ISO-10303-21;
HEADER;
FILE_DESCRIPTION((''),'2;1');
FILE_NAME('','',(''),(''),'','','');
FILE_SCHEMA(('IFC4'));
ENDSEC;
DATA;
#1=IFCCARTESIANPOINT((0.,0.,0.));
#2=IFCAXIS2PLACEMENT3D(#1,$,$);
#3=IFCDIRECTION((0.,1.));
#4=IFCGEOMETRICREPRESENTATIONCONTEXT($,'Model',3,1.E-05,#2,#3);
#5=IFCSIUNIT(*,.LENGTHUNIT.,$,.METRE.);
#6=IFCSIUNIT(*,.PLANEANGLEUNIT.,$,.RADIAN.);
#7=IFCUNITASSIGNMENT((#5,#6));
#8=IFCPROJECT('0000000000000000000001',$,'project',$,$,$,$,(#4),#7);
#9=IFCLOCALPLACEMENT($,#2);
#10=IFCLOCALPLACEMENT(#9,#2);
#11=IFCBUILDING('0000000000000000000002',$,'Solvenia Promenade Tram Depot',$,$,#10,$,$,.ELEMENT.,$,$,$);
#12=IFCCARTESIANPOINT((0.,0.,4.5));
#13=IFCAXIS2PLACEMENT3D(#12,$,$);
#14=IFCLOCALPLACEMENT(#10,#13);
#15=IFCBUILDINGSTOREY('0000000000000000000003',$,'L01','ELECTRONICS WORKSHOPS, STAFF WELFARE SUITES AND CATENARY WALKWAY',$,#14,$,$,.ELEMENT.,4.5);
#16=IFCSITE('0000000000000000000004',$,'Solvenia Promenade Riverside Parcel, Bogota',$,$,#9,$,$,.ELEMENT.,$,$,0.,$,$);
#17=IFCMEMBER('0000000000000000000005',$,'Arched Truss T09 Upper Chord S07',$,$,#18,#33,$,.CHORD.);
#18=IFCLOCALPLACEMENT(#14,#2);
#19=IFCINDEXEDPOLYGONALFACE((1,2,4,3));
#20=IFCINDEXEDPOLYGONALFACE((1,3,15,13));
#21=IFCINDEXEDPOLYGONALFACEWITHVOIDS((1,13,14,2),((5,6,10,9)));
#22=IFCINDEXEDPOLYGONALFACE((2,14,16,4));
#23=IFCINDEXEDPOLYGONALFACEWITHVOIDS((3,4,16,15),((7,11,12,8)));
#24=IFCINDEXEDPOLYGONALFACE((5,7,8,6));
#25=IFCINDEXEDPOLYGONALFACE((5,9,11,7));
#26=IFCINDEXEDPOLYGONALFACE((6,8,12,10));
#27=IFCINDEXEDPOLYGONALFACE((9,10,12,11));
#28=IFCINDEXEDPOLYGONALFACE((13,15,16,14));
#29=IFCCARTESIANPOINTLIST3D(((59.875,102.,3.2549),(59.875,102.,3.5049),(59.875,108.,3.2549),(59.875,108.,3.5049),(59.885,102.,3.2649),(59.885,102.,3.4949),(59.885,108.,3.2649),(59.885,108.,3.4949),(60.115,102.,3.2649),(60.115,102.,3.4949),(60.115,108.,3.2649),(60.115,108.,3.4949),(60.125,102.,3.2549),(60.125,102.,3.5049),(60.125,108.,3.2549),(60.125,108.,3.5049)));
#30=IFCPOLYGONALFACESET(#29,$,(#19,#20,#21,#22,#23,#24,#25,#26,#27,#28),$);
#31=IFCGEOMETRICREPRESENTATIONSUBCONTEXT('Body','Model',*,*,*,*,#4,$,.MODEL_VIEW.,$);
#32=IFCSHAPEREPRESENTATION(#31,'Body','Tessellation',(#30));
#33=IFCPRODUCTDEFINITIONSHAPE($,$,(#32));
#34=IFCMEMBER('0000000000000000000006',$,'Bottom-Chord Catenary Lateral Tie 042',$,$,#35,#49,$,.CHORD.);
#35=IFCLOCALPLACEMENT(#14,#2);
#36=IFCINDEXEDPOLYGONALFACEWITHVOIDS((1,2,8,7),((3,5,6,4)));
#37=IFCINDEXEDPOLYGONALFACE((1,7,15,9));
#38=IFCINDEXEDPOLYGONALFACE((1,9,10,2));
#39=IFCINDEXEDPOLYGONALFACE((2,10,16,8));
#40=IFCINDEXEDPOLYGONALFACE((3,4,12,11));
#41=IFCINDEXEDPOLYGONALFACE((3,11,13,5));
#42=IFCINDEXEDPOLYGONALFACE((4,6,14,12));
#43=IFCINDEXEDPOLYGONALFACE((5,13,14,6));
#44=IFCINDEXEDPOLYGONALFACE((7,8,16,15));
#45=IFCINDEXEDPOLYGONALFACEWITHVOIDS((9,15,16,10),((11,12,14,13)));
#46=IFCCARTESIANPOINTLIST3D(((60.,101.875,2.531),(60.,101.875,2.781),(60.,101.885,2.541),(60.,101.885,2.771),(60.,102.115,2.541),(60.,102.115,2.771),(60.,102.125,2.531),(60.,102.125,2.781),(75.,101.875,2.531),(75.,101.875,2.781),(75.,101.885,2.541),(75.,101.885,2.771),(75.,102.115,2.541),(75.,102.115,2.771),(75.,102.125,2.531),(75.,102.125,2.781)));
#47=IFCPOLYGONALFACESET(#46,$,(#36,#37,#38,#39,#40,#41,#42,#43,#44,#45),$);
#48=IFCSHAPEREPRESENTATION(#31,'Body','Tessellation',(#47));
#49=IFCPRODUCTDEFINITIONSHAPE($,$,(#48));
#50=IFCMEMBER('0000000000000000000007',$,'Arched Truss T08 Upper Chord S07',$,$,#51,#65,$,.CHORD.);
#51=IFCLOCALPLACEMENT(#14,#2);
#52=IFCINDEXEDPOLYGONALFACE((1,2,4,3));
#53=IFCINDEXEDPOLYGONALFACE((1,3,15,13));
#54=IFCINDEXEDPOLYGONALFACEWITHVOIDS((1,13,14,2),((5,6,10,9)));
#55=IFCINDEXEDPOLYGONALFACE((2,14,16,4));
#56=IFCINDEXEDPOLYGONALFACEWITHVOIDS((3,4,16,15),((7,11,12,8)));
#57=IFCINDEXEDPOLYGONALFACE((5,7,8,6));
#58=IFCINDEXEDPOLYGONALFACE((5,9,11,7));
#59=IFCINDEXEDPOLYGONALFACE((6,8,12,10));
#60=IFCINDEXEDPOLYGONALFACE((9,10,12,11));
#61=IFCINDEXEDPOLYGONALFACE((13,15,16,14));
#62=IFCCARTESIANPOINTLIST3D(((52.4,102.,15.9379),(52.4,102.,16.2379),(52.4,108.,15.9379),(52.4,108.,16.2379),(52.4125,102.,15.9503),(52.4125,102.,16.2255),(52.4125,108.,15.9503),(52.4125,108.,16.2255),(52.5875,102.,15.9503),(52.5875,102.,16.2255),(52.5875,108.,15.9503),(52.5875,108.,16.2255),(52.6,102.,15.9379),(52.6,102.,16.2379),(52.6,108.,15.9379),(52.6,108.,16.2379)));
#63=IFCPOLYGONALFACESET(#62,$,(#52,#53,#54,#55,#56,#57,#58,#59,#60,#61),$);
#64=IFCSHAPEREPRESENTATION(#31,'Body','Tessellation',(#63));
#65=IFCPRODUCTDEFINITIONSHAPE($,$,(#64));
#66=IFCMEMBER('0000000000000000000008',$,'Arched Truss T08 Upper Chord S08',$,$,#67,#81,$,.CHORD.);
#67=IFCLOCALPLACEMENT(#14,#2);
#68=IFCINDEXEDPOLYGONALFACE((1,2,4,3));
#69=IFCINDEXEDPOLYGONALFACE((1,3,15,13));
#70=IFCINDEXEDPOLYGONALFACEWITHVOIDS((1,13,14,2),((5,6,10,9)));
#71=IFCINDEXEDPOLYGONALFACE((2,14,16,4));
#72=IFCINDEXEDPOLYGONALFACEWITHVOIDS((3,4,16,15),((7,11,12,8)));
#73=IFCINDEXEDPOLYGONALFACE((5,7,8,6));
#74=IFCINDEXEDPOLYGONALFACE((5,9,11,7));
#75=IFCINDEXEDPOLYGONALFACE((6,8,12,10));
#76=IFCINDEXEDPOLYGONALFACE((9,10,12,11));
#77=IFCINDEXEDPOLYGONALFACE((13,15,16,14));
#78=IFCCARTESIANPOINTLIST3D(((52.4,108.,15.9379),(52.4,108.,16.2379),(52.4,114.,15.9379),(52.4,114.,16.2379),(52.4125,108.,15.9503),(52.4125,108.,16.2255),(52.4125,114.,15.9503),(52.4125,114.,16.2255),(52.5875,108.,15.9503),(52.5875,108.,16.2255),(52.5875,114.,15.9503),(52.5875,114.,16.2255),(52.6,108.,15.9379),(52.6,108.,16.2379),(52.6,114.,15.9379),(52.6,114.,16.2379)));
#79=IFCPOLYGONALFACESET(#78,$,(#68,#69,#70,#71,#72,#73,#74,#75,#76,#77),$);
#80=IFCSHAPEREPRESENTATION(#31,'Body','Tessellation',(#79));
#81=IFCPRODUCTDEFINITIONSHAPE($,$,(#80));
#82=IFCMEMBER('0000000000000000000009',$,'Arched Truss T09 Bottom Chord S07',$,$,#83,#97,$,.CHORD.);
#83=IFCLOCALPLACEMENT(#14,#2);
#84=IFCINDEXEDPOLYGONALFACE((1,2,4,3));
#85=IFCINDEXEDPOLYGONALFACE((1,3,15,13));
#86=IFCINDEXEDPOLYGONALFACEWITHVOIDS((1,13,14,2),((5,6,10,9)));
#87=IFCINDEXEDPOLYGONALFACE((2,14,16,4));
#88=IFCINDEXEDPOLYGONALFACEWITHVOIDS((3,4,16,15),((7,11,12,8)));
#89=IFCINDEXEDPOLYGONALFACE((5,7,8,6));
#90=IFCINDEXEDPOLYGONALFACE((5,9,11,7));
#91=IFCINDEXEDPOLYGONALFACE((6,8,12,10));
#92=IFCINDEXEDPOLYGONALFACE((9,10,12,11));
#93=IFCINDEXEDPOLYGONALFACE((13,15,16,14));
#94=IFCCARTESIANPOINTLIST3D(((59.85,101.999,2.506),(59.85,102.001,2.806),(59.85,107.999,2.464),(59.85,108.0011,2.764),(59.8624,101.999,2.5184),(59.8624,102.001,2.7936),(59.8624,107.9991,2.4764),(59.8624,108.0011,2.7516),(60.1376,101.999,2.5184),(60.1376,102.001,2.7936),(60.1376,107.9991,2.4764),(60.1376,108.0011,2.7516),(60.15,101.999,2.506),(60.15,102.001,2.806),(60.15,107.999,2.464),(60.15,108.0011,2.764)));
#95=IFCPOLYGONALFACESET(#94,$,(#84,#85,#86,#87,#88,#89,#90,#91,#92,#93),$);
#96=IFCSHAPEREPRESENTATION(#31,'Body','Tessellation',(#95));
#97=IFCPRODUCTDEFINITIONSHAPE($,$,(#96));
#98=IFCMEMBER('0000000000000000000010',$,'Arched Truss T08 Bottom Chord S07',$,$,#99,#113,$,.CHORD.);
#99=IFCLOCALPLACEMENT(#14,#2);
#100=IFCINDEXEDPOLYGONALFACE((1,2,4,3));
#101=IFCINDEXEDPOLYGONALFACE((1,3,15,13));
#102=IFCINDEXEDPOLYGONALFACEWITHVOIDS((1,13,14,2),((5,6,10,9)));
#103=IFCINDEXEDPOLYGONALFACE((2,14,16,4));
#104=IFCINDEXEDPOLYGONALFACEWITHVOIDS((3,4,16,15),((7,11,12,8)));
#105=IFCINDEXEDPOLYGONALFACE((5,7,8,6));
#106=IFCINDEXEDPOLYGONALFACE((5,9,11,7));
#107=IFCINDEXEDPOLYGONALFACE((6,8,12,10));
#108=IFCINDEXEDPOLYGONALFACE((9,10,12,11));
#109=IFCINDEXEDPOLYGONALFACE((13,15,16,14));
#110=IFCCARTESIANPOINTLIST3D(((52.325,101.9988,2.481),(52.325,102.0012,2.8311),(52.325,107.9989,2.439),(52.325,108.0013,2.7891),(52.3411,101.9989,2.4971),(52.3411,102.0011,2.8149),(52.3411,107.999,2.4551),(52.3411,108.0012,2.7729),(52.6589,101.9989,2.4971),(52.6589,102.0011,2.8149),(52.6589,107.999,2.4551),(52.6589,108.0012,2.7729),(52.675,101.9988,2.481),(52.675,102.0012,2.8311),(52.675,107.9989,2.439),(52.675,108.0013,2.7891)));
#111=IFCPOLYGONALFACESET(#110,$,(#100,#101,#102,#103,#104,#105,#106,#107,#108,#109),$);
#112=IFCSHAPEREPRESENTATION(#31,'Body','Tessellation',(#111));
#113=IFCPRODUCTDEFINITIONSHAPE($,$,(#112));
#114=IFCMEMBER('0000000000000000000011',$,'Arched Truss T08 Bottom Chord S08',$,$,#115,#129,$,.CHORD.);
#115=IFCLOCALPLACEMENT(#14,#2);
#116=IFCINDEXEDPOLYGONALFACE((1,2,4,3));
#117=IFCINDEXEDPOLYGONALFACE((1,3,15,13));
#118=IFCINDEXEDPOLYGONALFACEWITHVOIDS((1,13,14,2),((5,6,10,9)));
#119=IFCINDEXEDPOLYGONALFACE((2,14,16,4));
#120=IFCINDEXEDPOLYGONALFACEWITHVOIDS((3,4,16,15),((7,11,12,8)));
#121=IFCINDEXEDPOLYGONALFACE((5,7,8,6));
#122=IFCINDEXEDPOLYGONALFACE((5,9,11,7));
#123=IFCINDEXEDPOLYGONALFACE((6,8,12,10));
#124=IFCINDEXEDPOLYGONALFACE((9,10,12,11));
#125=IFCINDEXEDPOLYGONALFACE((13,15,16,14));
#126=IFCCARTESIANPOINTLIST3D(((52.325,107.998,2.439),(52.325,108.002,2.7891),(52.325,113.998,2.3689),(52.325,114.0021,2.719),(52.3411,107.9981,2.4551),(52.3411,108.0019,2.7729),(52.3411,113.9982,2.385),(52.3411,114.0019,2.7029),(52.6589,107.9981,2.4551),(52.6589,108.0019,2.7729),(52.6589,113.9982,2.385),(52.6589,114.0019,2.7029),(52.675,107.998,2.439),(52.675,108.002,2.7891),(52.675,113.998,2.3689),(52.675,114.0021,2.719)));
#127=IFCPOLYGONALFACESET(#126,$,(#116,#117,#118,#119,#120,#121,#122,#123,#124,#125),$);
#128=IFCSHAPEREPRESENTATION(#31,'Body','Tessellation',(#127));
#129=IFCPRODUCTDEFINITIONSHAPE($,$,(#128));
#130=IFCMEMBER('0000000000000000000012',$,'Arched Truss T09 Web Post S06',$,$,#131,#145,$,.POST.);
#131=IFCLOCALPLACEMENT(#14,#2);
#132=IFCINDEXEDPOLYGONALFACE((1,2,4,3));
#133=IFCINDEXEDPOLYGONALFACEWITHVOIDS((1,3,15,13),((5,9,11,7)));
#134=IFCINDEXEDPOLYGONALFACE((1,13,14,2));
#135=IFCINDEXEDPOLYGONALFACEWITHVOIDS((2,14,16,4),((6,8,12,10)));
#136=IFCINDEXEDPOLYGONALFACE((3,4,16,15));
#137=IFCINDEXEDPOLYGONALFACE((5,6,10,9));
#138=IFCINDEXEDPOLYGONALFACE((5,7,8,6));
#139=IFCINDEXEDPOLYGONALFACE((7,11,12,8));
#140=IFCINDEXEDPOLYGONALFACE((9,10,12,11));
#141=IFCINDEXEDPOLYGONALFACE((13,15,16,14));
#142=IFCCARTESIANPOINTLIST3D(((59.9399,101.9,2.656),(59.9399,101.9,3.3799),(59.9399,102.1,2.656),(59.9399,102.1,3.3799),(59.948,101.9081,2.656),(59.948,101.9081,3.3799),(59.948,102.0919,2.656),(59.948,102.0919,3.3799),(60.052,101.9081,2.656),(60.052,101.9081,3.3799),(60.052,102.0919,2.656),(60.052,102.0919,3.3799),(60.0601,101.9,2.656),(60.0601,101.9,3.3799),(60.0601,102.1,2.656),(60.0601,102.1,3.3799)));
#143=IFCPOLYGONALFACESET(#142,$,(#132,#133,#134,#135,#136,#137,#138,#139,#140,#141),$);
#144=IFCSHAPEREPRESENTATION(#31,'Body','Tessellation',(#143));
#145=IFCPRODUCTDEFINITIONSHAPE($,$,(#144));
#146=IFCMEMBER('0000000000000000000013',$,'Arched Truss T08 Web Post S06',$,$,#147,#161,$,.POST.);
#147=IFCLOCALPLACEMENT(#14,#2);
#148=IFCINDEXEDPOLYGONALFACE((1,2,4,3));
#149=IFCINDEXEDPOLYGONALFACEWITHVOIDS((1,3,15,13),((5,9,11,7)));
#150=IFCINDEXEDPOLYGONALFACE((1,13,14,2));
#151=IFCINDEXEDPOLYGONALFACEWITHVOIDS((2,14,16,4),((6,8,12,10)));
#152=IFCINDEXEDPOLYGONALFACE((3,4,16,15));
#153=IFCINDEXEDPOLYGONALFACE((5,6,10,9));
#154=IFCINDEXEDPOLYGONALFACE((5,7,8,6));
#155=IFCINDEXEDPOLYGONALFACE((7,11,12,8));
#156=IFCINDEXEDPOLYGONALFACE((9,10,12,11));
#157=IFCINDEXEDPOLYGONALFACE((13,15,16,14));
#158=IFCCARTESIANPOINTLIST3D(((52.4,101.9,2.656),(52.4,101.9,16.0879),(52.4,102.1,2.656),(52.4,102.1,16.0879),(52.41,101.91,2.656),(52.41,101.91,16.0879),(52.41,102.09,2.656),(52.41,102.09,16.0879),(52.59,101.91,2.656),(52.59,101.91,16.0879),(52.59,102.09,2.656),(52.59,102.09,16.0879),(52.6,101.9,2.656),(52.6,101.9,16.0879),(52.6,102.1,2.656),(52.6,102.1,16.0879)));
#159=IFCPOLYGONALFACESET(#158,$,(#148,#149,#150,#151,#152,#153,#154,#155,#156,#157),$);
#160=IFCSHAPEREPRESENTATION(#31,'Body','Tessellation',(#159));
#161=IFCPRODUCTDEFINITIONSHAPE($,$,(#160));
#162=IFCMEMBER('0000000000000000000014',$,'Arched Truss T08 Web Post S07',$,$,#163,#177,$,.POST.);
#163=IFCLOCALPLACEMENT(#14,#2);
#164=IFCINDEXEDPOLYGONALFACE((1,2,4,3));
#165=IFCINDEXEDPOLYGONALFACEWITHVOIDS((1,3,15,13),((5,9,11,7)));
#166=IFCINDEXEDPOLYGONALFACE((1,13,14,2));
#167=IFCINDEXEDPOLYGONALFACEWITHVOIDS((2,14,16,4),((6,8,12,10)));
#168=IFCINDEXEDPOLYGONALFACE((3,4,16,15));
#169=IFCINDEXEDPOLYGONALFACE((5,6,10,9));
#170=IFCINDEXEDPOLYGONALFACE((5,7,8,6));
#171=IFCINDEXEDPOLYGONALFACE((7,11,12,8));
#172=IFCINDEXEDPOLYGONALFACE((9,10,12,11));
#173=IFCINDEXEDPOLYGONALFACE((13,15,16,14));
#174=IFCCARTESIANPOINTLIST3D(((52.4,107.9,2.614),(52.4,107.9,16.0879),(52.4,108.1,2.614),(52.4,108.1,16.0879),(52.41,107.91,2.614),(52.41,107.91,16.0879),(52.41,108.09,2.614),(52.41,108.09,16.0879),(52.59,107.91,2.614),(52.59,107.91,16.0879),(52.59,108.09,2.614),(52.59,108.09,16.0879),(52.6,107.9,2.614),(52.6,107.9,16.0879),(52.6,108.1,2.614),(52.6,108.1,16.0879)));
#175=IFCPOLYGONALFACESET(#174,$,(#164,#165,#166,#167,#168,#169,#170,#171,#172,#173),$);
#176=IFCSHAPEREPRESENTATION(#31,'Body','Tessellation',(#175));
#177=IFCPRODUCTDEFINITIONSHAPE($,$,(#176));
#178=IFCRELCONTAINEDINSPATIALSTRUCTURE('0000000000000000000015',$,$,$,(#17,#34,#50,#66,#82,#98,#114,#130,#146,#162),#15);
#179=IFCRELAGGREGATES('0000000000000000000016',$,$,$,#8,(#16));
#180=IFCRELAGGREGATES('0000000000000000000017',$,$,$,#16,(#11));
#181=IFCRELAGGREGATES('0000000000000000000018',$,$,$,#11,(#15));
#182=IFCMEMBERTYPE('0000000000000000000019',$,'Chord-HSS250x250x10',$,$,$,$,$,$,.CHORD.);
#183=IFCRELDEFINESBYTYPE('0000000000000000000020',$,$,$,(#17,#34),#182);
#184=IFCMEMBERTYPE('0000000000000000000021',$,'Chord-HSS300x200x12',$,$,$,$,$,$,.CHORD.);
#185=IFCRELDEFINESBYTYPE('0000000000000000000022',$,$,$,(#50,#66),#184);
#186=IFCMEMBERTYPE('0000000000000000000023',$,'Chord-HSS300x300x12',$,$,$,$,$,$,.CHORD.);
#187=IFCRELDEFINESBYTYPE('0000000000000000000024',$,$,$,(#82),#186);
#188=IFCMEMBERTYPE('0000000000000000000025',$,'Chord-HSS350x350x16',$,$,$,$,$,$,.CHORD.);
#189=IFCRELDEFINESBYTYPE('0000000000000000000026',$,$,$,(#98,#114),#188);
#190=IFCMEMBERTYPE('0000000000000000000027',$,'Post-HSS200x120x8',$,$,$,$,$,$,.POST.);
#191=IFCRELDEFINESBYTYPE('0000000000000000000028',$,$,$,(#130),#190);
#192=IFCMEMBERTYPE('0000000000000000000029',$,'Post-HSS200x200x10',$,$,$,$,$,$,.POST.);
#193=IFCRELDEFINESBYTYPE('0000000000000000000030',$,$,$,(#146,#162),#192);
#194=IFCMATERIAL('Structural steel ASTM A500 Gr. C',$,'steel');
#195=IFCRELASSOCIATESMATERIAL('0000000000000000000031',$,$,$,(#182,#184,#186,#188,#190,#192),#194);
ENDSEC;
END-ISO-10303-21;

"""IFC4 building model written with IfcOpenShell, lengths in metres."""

from ifc_helpers import new_model, si_unit, direction, frame, origin, origin_2d, place, context, subcontext, project, spatial, hollow_rectangle, extrude, material, material_profile, profile_set, type_object, element, save


model = new_model("IFC4")

# Units and contexts
model_context = context("Model", 3, precision=1e-05, world=origin(), true_north=direction((0.0, 1.0)))
body_context = subcontext(model_context, "Body", "Model", "MODEL_VIEW")
ifc_project = project(units=[si_unit("LENGTHUNIT", "METRE"), si_unit("PLANEANGLEUNIT", "RADIAN")], contexts=[model_context])

# Site, building, storey
site_placement = place(None, origin())
site = spatial("IfcSite", under=ifc_project, at=site_placement, Name="Solvenia Promenade Riverside Parcel, Bogota", CompositionType="ELEMENT", RefElevation=0.0)
building_placement = place(site_placement, origin())
building = spatial("IfcBuilding", under=site, at=building_placement, Name="Solvenia Promenade Tram Depot", CompositionType="ELEMENT")
storey_placement = place(building_placement, frame((0.0, 0.0, 4.5)))
storey = spatial("IfcBuildingStorey", under=building, at=storey_placement, Name="L01", Description="ELECTRONICS WORKSHOPS, STAFF WELFARE SUITES AND CATENARY WALKWAY", CompositionType="ELEMENT", Elevation=4.5)

# Members
ifc_material_1 = material(Name="Structural steel ASTM A500 Gr. C", Category="steel")
ifc_material_profile_1 = material_profile(ifc_material_1, hollow_rectangle(XDim=0.25, YDim=0.25, WallThickness=0.01, at=origin_2d()), Name="HSS250x250x10", Category="steel")
ifc_profile_set_1 = profile_set([ifc_material_profile_1], Name="Structural steel ASTM A500 Gr. C")
member_type_1 = type_object("IfcMemberType", Name="Chord-HSS250x250x10", PredefinedType="CHORD", material=ifc_profile_set_1)
member_1_placement = place(storey_placement, frame((60.0, 102.0, 3.3799), z_axis=(0.0, 1.0, 0.0), x_axis=(-1.0, 0.0, 0.0)))
element("IfcMember", 1, at=member_1_placement, inside=storey, type_object=member_type_1, Name="Arched Truss T09 Upper Chord S07", PredefinedType="CHORD", context=body_context, shape_type="SweptSolid", body=[
    extrude(hollow_rectangle(XDim=0.25, YDim=0.25, WallThickness=0.01, at=origin_2d()), origin(), (0.0, 0.0, 1.0), 6.0),
])
member_2_placement = place(storey_placement, frame((60.0, 102.0, 2.656), z_axis=(1.0, 0.0, 0.0), x_axis=(0.0, 1.0, 0.0)))
element("IfcMember", 2, at=member_2_placement, inside=storey, type_object=member_type_1, Name="Bottom-Chord Catenary Lateral Tie 042", PredefinedType="CHORD", context=body_context, shape_type="SweptSolid", body=[
    extrude(hollow_rectangle(XDim=0.25, YDim=0.25, WallThickness=0.01, at=origin_2d()), origin(), (0.0, 0.0, 1.0), 15.0),
])
ifc_material_profile_2 = material_profile(ifc_material_1, hollow_rectangle(XDim=0.2, YDim=0.3, WallThickness=0.0125, at=origin_2d()), Name="HSS300x200x12.5", Category="steel")
ifc_profile_set_2 = profile_set([ifc_material_profile_2], Name="Structural steel ASTM A500 Gr. C")
member_type_2 = type_object("IfcMemberType", Name="Chord-HSS300x200x12", PredefinedType="CHORD", material=ifc_profile_set_2)
for number, where, z_axis, x_axis, name in (
    (3, (52.5, 102.0, 16.0879), (0.0, 1.0, 0.0), (-1.0, 0.0, 0.0), "Arched Truss T08 Upper Chord S07"),
    (4, (52.5, 108.0, 16.0879), (0.0, 1.0, 0.0), (-1.0, 0.0, 0.0), "Arched Truss T08 Upper Chord S08"),
):
    element("IfcMember", number, at=place(storey_placement, frame(where, z_axis=z_axis, x_axis=x_axis)), inside=storey, type_object=member_type_2, Name=name, PredefinedType="CHORD", context=body_context, shape_type="SweptSolid", body=[
        extrude(hollow_rectangle(XDim=0.2, YDim=0.3, WallThickness=0.0125, at=origin_2d()), origin(), (0.0, 0.0, 1.0), 6.0),
    ])
ifc_material_profile_3 = material_profile(ifc_material_1, hollow_rectangle(XDim=0.3, YDim=0.3, WallThickness=0.0125, at=origin_2d()), Name="HSS300x300x12.5", Category="steel")
ifc_profile_set_3 = profile_set([ifc_material_profile_3], Name="Structural steel ASTM A500 Gr. C")
member_type_3 = type_object("IfcMemberType", Name="Chord-HSS300x300x12", PredefinedType="CHORD", material=ifc_profile_set_3)
member_3_placement = place(storey_placement, frame((60.0, 102.0, 2.656), z_axis=(0.0, 0.999976, -0.006999), x_axis=(-1.0, 0.0, 0.0)))
element("IfcMember", 5, at=member_3_placement, inside=storey, type_object=member_type_3, Name="Arched Truss T09 Bottom Chord S07", PredefinedType="CHORD", context=body_context, shape_type="SweptSolid", body=[
    extrude(hollow_rectangle(XDim=0.3, YDim=0.3, WallThickness=0.0125, at=origin_2d()), origin(), (0.0, 0.0, 1.0), 6.0002),
])
ifc_material_profile_4 = material_profile(ifc_material_1, hollow_rectangle(XDim=0.3501, YDim=0.3501, WallThickness=0.0161, at=origin_2d()), Name="HSS350x350x16", Category="steel")
ifc_profile_set_4 = profile_set([ifc_material_profile_4], Name="Structural steel ASTM A500 Gr. C")
member_type_4 = type_object("IfcMemberType", Name="Chord-HSS350x350x16", PredefinedType="CHORD", material=ifc_profile_set_4)
member_4_placement = place(storey_placement, frame((52.5, 102.0, 2.656), z_axis=(0.0, 0.999976, -0.006999), x_axis=(-1.0, 0.0, 0.0)))
element("IfcMember", 6, at=member_4_placement, inside=storey, type_object=member_type_4, Name="Arched Truss T08 Bottom Chord S07", PredefinedType="CHORD", context=body_context, shape_type="SweptSolid", body=[
    extrude(hollow_rectangle(XDim=0.3501, YDim=0.3501, WallThickness=0.0161, at=origin_2d()), origin(), (0.0, 0.0, 1.0), 6.0002),
])
member_5_placement = place(storey_placement, frame((52.5, 108.0, 2.614), z_axis=(0.0, 0.999932, -0.011677), x_axis=(-1.0, 0.0, 0.0)))
element("IfcMember", 7, at=member_5_placement, inside=storey, type_object=member_type_4, Name="Arched Truss T08 Bottom Chord S08", PredefinedType="CHORD", context=body_context, shape_type="SweptSolid", body=[
    extrude(hollow_rectangle(XDim=0.3501, YDim=0.3501, WallThickness=0.0161, at=origin_2d()), origin(), (0.0, 0.0, 1.0), 6.0005),
])
ifc_material_profile_5 = material_profile(ifc_material_1, hollow_rectangle(XDim=0.1201, YDim=0.2, WallThickness=0.0081, at=origin_2d()), Name="HSS200x120x8", Category="steel")
ifc_profile_set_5 = profile_set([ifc_material_profile_5], Name="Structural steel ASTM A500 Gr. C")
member_type_5 = type_object("IfcMemberType", Name="Post-HSS200x120x8", PredefinedType="POST", material=ifc_profile_set_5)
member_6_placement = place(storey_placement, frame((60.0, 102.0, 2.656), z_axis=(0.0, 0.0, 1.0), x_axis=(1.0, 0.0, 0.0)))
element("IfcMember", 8, at=member_6_placement, inside=storey, type_object=member_type_5, Name="Arched Truss T09 Web Post S06", PredefinedType="POST", context=body_context, shape_type="SweptSolid", body=[
    extrude(hollow_rectangle(XDim=0.1201, YDim=0.2, WallThickness=0.0081, at=origin_2d()), origin(), (0.0, 0.0, 1.0), 0.7239),
])
ifc_material_profile_6 = material_profile(ifc_material_1, hollow_rectangle(XDim=0.2, YDim=0.2, WallThickness=0.01, at=origin_2d()), Name="HSS200x200x10", Category="steel")
ifc_profile_set_6 = profile_set([ifc_material_profile_6], Name="Structural steel ASTM A500 Gr. C")
member_type_6 = type_object("IfcMemberType", Name="Post-HSS200x200x10", PredefinedType="POST", material=ifc_profile_set_6)
member_7_placement = place(storey_placement, frame((52.5, 102.0, 2.656), z_axis=(0.0, 0.0, 1.0), x_axis=(1.0, 0.0, 0.0)))
element("IfcMember", 9, at=member_7_placement, inside=storey, type_object=member_type_6, Name="Arched Truss T08 Web Post S06", PredefinedType="POST", context=body_context, shape_type="SweptSolid", body=[
    extrude(hollow_rectangle(XDim=0.2, YDim=0.2, WallThickness=0.01, at=origin_2d()), origin(), (0.0, 0.0, 1.0), 13.4319),
])
member_8_placement = place(storey_placement, frame((52.5, 108.0, 2.614), z_axis=(0.0, 0.0, 1.0), x_axis=(1.0, 0.0, 0.0)))
element("IfcMember", 10, at=member_8_placement, inside=storey, type_object=member_type_6, Name="Arched Truss T08 Web Post S07", PredefinedType="POST", context=body_context, shape_type="SweptSolid", body=[
    extrude(hollow_rectangle(XDim=0.2, YDim=0.2, WallThickness=0.01, at=origin_2d()), origin(), (0.0, 0.0, 1.0), 13.4739),
])

save(model, "model.ifc")
